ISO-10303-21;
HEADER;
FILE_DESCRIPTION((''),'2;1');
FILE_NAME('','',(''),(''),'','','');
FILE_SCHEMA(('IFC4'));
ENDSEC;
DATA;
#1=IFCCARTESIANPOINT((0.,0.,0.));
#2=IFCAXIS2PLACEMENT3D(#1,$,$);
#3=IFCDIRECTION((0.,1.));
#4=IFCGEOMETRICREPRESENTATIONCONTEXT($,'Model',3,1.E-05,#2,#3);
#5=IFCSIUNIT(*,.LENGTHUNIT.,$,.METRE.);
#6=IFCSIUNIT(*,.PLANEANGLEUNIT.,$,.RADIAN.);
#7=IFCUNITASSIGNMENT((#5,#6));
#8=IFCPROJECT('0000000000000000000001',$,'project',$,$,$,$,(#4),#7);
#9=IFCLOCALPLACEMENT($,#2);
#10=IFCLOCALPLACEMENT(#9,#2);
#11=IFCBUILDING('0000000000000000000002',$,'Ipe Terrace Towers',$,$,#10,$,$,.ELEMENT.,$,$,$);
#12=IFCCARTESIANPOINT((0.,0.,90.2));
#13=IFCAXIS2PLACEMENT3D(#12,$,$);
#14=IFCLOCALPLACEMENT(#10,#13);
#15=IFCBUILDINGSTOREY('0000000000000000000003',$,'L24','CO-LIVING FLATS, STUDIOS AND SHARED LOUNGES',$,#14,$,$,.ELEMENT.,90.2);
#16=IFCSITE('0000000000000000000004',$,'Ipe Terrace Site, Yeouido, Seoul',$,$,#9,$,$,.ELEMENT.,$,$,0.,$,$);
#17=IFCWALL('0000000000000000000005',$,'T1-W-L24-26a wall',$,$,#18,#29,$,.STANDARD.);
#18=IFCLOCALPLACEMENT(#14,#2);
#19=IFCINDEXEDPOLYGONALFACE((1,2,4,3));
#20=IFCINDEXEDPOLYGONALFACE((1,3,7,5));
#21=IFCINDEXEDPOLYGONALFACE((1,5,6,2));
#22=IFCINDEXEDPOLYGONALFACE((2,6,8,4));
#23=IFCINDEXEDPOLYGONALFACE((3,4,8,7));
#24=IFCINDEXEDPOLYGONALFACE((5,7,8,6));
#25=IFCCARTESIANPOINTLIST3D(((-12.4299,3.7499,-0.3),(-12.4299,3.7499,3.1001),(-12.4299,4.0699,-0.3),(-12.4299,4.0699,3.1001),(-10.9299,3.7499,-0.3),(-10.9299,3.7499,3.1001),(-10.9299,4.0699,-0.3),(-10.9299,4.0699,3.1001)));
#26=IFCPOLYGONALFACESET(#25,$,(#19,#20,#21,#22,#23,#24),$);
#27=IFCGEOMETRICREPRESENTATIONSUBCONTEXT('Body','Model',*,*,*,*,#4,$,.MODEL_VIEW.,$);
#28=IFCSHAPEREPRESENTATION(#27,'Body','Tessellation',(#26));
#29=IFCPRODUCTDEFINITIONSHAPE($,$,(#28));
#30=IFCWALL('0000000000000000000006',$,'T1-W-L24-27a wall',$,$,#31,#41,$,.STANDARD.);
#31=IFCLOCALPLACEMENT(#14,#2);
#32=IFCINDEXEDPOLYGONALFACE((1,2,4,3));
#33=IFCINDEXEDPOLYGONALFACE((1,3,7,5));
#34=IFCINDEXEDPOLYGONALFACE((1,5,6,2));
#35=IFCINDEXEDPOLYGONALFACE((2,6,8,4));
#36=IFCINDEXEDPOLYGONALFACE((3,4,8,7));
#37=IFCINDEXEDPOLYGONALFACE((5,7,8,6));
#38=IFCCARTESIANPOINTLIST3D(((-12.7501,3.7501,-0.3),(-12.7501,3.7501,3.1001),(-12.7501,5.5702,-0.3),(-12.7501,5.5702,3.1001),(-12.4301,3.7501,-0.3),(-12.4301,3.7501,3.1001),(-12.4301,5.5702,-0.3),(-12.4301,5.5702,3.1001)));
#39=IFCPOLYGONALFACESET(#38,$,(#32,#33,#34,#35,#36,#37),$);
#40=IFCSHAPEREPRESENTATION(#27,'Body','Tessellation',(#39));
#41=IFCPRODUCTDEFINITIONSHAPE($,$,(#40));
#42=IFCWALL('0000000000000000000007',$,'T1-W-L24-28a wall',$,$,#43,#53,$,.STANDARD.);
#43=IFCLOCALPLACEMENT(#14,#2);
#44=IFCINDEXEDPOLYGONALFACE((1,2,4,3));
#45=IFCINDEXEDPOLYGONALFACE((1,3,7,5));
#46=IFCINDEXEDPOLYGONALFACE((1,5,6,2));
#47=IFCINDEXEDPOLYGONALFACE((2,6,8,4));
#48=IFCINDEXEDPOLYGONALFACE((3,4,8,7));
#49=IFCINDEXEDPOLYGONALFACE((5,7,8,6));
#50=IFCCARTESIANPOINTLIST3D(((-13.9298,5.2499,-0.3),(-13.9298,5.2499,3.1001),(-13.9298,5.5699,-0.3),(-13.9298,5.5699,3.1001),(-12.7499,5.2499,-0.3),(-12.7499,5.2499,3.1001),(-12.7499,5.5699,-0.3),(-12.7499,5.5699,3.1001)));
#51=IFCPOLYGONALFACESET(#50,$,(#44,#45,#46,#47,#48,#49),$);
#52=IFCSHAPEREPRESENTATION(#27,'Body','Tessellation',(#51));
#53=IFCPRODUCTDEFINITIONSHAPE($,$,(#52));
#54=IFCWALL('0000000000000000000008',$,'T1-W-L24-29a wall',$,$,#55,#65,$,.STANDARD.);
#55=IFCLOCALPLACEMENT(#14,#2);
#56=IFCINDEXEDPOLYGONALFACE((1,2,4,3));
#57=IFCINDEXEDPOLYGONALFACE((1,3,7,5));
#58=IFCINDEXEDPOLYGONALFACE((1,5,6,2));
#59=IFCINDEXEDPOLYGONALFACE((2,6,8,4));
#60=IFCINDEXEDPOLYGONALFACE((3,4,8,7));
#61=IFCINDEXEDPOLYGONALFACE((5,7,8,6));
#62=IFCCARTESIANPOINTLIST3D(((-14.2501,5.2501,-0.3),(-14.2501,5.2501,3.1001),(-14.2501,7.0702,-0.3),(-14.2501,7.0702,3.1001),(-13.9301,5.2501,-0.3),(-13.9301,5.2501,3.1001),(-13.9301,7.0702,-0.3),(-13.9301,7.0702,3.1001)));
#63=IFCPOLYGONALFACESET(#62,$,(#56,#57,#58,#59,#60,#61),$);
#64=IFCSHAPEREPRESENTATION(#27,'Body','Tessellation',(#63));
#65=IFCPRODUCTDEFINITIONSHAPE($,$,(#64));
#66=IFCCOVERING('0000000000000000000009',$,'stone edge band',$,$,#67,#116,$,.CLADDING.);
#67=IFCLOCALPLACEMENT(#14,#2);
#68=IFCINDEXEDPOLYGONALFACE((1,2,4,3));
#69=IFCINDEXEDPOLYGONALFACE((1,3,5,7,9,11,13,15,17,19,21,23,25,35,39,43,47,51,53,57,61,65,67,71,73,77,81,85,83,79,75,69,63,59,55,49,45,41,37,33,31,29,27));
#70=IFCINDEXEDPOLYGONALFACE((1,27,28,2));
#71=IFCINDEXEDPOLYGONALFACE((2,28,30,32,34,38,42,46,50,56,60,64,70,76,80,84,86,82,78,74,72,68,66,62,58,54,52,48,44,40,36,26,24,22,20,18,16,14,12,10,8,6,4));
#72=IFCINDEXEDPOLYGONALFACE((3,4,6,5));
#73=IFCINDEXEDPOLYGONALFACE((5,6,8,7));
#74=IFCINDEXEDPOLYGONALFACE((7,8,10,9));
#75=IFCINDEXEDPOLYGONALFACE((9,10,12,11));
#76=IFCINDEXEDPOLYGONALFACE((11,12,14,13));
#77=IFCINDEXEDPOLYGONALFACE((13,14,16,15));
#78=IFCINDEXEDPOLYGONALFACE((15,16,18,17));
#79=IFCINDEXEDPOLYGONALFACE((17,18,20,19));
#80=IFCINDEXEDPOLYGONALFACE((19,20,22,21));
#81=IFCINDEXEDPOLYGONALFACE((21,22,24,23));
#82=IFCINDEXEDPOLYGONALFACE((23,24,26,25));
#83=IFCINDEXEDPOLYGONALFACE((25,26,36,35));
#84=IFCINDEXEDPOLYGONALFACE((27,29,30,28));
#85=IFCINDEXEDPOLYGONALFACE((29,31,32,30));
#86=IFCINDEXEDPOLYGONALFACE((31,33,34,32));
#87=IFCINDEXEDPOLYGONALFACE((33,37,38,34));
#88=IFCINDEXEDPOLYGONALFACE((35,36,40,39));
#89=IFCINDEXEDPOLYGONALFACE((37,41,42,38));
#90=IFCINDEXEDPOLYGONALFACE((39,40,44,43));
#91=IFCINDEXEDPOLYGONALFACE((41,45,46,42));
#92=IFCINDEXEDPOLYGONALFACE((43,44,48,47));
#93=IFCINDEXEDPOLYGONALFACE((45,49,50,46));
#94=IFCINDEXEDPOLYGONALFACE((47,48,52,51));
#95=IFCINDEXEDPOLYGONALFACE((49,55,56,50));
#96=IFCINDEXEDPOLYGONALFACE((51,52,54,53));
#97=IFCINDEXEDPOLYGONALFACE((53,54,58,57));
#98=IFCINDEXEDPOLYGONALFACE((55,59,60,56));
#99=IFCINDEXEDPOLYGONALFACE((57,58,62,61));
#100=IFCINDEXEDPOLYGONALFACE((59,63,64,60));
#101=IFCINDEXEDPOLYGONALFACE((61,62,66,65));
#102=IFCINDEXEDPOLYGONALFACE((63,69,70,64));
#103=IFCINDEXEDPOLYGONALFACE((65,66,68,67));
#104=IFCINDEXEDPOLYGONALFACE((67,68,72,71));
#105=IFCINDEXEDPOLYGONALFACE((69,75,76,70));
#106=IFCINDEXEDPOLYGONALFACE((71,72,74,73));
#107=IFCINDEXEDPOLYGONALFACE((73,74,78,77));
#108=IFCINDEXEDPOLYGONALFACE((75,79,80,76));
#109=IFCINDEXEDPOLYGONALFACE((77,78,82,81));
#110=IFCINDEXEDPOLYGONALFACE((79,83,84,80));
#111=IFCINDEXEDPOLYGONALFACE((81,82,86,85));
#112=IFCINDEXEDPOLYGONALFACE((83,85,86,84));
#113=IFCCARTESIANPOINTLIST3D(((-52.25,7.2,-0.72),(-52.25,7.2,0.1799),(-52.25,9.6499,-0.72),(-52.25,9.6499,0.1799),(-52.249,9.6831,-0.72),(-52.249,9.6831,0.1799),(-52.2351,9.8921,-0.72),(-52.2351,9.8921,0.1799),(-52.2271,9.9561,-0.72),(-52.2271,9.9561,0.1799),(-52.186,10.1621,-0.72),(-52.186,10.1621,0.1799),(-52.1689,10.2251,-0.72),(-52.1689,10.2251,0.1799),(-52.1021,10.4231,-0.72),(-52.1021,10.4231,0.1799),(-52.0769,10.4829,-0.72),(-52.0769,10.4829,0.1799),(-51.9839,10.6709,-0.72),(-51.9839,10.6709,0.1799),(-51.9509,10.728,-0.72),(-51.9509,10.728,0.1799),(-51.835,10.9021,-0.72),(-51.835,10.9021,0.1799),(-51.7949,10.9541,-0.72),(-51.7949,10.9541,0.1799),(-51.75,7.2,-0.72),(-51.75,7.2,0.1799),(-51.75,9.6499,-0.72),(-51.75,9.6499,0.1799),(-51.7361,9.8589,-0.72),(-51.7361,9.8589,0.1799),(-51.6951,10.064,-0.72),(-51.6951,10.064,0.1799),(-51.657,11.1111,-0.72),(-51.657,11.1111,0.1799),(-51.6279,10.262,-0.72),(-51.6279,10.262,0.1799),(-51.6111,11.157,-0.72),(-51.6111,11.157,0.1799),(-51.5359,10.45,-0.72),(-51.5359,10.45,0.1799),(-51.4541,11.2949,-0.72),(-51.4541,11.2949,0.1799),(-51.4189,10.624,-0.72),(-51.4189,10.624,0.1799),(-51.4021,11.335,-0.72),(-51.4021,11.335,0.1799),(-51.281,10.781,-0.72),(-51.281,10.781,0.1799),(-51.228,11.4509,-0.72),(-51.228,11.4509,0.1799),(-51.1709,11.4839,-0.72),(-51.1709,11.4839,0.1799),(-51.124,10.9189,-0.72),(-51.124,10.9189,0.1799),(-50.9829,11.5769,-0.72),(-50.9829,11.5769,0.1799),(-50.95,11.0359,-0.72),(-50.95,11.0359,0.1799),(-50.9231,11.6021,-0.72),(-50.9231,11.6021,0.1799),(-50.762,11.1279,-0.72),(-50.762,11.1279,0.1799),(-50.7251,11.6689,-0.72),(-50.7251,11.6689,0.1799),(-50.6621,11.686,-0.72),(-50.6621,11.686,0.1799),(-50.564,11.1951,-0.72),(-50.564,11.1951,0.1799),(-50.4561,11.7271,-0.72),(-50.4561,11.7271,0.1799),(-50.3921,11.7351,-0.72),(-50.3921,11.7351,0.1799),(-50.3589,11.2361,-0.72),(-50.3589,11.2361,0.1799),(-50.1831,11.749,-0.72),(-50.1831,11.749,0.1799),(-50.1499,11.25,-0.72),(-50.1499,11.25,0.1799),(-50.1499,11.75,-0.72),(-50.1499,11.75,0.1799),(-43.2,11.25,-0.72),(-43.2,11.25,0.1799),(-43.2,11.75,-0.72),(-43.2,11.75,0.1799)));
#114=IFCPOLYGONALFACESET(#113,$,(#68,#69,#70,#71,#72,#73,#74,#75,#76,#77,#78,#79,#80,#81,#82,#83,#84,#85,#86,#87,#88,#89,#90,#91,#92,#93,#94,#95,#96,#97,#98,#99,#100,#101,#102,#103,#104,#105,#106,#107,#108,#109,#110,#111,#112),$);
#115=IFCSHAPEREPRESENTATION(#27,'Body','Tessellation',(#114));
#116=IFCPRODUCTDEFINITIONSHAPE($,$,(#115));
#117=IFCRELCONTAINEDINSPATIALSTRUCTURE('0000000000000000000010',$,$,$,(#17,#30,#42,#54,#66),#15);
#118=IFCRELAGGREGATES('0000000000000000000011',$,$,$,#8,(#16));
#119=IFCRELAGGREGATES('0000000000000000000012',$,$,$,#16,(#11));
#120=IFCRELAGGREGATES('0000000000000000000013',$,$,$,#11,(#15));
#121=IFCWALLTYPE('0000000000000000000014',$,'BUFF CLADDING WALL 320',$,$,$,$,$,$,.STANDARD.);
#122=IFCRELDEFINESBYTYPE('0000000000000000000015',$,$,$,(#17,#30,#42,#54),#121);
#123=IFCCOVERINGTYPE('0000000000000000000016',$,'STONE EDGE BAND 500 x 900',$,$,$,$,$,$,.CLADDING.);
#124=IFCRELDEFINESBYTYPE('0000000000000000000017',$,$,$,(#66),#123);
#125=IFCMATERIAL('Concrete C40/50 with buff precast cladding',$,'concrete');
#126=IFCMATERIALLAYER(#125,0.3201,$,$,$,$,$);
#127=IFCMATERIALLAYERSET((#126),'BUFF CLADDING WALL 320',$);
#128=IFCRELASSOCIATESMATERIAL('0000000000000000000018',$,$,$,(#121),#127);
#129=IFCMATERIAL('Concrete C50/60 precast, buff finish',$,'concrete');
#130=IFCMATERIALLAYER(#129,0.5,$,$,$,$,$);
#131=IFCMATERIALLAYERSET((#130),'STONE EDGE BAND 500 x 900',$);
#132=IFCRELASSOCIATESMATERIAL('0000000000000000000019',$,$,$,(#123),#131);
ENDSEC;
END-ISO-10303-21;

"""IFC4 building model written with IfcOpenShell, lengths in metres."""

from ifc_helpers import new_model, si_unit, direction, frame, frame_2d, origin, place, context, subcontext, project, spatial, polyline, rectangle, outline, extrude, material, layer, layer_set, type_object, element, save


model = new_model("IFC4")

# Units and contexts
model_context = context("Model", 3, precision=1e-05, world=origin(), true_north=direction((0.0, 1.0)))
body_context = subcontext(model_context, "Body", "Model", "MODEL_VIEW")
ifc_project = project(units=[si_unit("LENGTHUNIT", "METRE"), si_unit("PLANEANGLEUNIT", "RADIAN")], contexts=[model_context])

# Site, building, storey
site_placement = place(None, origin())
site = spatial("IfcSite", under=ifc_project, at=site_placement, Name="Ipe Terrace Site, Yeouido, Seoul", CompositionType="ELEMENT", RefElevation=0.0)
building_placement = place(site_placement, origin())
building = spatial("IfcBuilding", under=site, at=building_placement, Name="Ipe Terrace Towers", CompositionType="ELEMENT")
storey_placement = place(building_placement, frame((0.0, 0.0, 90.2)))
storey = spatial("IfcBuildingStorey", under=building, at=storey_placement, Name="L24", Description="CO-LIVING FLATS, STUDIOS AND SHARED LOUNGES", CompositionType="ELEMENT", Elevation=90.2)

# Walls
ifc_material_1 = material(Name="Concrete C40/50 with buff precast cladding", Category="concrete")
ifc_layer_1 = layer(ifc_material_1, 0.3201)
ifc_layer_set_1 = layer_set([ifc_layer_1], Name="BUFF CLADDING WALL 320")
wall_type = type_object("IfcWallType", Name="BUFF CLADDING WALL 320", PredefinedType="STANDARD", material=ifc_layer_set_1)
wall_1_placement = place(storey_placement, frame((-10.9299, 3.9099, -0.3), z_axis=(0.0, 0.0, 1.0), x_axis=(-1.0, 0.0, 0.0)))
element("IfcWall", 1, at=wall_1_placement, inside=storey, type_object=wall_type, Name="T1-W-L24-26a wall", PredefinedType="STANDARD", context=body_context, shape_type="SweptSolid", body=[
    extrude(rectangle(XDim=1.5, YDim=0.3201, at=frame_2d((0.75, 0.0))), origin(), (0.0, 0.0, 1.0), 3.4001),
])
wall_2_placement = place(storey_placement, frame((-12.5901, 3.75, -0.3), z_axis=(0.0, 0.0, 1.0), x_axis=(0.0, 1.0, 0.0)))
element("IfcWall", 2, at=wall_2_placement, inside=storey, type_object=wall_type, Name="T1-W-L24-27a wall", PredefinedType="STANDARD", context=body_context, shape_type="SweptSolid", body=[
    extrude(rectangle(XDim=1.8201, YDim=0.3201, at=frame_2d((0.9102, 0.0))), origin(), (0.0, 0.0, 1.0), 3.4001),
])
wall_3_placement = place(storey_placement, frame((-12.75, 5.4099, -0.3), z_axis=(0.0, 0.0, 1.0), x_axis=(-1.0, 0.0, 0.0)))
element("IfcWall", 3, at=wall_3_placement, inside=storey, type_object=wall_type, Name="T1-W-L24-28a wall", PredefinedType="STANDARD", context=body_context, shape_type="SweptSolid", body=[
    extrude(rectangle(XDim=1.1799, YDim=0.3201, at=frame_2d((0.5898, 0.0))), origin(), (0.0, 0.0, 1.0), 3.4001),
])
wall_4_placement = place(storey_placement, frame((-14.0901, 5.25, -0.3), z_axis=(0.0, 0.0, 1.0), x_axis=(0.0, 1.0, 0.0)))
element("IfcWall", 4, at=wall_4_placement, inside=storey, type_object=wall_type, Name="T1-W-L24-29a wall", PredefinedType="STANDARD", context=body_context, shape_type="SweptSolid", body=[
    extrude(rectangle(XDim=1.8201, YDim=0.3201, at=frame_2d((0.9102, 0.0))), origin(), (0.0, 0.0, 1.0), 3.4001),
])

# Covering
ifc_material_2 = material(Name="Concrete C50/60 precast, buff finish", Category="concrete")
ifc_layer_2 = layer(ifc_material_2, 0.5)
ifc_layer_set_2 = layer_set([ifc_layer_2], Name="STONE EDGE BAND 500 x 900")
covering_type = type_object("IfcCoveringType", Name="STONE EDGE BAND 500 x 900", PredefinedType="CLADDING", material=ifc_layer_set_2)
covering_placement = place(storey_placement, frame((0.0, 0.0, -0.72)))
element("IfcCovering", 5, at=covering_placement, inside=storey, type_object=covering_type, Name="stone edge band", PredefinedType="CLADDING", context=body_context, shape_type="SweptSolid", body=[
    extrude(outline(polyline([(-50.1499, 11.75), (-50.1831, 11.749), (-50.3921, 11.7351), (-50.4561, 11.7271), (-50.6621, 11.686), (-50.7251, 11.6689), (-50.9231, 11.6021), (-50.9829, 11.5769), (-51.1709, 11.4839), (-51.228, 11.4509), (-51.4021, 11.335), (-51.4541, 11.2949), (-51.6111, 11.157), (-51.657, 11.1111), (-51.7949, 10.9541), (-51.835, 10.9021), (-51.9509, 10.728), (-51.9839, 10.6709), (-52.0769, 10.4829), (-52.1021, 10.4231), (-52.1689, 10.2251), (-52.186, 10.1621), (-52.2271, 9.9561), (-52.2351, 9.8921), (-52.249, 9.6831), (-52.25, 9.6499), (-52.25, 7.2), (-51.75, 7.2), (-51.75, 9.6499), (-51.7361, 9.8589), (-51.6951, 10.064), (-51.6279, 10.262), (-51.5359, 10.45), (-51.4189, 10.624), (-51.281, 10.781), (-51.124, 10.9189), (-50.95, 11.0359), (-50.762, 11.1279), (-50.564, 11.1951), (-50.3589, 11.2361), (-50.1499, 11.25), (-43.2, 11.25), (-43.2, 11.75), (-50.1499, 11.75)])), origin(), (0.0, 0.0, 1.0), 0.8999),
])

save(model, "model.ifc")
